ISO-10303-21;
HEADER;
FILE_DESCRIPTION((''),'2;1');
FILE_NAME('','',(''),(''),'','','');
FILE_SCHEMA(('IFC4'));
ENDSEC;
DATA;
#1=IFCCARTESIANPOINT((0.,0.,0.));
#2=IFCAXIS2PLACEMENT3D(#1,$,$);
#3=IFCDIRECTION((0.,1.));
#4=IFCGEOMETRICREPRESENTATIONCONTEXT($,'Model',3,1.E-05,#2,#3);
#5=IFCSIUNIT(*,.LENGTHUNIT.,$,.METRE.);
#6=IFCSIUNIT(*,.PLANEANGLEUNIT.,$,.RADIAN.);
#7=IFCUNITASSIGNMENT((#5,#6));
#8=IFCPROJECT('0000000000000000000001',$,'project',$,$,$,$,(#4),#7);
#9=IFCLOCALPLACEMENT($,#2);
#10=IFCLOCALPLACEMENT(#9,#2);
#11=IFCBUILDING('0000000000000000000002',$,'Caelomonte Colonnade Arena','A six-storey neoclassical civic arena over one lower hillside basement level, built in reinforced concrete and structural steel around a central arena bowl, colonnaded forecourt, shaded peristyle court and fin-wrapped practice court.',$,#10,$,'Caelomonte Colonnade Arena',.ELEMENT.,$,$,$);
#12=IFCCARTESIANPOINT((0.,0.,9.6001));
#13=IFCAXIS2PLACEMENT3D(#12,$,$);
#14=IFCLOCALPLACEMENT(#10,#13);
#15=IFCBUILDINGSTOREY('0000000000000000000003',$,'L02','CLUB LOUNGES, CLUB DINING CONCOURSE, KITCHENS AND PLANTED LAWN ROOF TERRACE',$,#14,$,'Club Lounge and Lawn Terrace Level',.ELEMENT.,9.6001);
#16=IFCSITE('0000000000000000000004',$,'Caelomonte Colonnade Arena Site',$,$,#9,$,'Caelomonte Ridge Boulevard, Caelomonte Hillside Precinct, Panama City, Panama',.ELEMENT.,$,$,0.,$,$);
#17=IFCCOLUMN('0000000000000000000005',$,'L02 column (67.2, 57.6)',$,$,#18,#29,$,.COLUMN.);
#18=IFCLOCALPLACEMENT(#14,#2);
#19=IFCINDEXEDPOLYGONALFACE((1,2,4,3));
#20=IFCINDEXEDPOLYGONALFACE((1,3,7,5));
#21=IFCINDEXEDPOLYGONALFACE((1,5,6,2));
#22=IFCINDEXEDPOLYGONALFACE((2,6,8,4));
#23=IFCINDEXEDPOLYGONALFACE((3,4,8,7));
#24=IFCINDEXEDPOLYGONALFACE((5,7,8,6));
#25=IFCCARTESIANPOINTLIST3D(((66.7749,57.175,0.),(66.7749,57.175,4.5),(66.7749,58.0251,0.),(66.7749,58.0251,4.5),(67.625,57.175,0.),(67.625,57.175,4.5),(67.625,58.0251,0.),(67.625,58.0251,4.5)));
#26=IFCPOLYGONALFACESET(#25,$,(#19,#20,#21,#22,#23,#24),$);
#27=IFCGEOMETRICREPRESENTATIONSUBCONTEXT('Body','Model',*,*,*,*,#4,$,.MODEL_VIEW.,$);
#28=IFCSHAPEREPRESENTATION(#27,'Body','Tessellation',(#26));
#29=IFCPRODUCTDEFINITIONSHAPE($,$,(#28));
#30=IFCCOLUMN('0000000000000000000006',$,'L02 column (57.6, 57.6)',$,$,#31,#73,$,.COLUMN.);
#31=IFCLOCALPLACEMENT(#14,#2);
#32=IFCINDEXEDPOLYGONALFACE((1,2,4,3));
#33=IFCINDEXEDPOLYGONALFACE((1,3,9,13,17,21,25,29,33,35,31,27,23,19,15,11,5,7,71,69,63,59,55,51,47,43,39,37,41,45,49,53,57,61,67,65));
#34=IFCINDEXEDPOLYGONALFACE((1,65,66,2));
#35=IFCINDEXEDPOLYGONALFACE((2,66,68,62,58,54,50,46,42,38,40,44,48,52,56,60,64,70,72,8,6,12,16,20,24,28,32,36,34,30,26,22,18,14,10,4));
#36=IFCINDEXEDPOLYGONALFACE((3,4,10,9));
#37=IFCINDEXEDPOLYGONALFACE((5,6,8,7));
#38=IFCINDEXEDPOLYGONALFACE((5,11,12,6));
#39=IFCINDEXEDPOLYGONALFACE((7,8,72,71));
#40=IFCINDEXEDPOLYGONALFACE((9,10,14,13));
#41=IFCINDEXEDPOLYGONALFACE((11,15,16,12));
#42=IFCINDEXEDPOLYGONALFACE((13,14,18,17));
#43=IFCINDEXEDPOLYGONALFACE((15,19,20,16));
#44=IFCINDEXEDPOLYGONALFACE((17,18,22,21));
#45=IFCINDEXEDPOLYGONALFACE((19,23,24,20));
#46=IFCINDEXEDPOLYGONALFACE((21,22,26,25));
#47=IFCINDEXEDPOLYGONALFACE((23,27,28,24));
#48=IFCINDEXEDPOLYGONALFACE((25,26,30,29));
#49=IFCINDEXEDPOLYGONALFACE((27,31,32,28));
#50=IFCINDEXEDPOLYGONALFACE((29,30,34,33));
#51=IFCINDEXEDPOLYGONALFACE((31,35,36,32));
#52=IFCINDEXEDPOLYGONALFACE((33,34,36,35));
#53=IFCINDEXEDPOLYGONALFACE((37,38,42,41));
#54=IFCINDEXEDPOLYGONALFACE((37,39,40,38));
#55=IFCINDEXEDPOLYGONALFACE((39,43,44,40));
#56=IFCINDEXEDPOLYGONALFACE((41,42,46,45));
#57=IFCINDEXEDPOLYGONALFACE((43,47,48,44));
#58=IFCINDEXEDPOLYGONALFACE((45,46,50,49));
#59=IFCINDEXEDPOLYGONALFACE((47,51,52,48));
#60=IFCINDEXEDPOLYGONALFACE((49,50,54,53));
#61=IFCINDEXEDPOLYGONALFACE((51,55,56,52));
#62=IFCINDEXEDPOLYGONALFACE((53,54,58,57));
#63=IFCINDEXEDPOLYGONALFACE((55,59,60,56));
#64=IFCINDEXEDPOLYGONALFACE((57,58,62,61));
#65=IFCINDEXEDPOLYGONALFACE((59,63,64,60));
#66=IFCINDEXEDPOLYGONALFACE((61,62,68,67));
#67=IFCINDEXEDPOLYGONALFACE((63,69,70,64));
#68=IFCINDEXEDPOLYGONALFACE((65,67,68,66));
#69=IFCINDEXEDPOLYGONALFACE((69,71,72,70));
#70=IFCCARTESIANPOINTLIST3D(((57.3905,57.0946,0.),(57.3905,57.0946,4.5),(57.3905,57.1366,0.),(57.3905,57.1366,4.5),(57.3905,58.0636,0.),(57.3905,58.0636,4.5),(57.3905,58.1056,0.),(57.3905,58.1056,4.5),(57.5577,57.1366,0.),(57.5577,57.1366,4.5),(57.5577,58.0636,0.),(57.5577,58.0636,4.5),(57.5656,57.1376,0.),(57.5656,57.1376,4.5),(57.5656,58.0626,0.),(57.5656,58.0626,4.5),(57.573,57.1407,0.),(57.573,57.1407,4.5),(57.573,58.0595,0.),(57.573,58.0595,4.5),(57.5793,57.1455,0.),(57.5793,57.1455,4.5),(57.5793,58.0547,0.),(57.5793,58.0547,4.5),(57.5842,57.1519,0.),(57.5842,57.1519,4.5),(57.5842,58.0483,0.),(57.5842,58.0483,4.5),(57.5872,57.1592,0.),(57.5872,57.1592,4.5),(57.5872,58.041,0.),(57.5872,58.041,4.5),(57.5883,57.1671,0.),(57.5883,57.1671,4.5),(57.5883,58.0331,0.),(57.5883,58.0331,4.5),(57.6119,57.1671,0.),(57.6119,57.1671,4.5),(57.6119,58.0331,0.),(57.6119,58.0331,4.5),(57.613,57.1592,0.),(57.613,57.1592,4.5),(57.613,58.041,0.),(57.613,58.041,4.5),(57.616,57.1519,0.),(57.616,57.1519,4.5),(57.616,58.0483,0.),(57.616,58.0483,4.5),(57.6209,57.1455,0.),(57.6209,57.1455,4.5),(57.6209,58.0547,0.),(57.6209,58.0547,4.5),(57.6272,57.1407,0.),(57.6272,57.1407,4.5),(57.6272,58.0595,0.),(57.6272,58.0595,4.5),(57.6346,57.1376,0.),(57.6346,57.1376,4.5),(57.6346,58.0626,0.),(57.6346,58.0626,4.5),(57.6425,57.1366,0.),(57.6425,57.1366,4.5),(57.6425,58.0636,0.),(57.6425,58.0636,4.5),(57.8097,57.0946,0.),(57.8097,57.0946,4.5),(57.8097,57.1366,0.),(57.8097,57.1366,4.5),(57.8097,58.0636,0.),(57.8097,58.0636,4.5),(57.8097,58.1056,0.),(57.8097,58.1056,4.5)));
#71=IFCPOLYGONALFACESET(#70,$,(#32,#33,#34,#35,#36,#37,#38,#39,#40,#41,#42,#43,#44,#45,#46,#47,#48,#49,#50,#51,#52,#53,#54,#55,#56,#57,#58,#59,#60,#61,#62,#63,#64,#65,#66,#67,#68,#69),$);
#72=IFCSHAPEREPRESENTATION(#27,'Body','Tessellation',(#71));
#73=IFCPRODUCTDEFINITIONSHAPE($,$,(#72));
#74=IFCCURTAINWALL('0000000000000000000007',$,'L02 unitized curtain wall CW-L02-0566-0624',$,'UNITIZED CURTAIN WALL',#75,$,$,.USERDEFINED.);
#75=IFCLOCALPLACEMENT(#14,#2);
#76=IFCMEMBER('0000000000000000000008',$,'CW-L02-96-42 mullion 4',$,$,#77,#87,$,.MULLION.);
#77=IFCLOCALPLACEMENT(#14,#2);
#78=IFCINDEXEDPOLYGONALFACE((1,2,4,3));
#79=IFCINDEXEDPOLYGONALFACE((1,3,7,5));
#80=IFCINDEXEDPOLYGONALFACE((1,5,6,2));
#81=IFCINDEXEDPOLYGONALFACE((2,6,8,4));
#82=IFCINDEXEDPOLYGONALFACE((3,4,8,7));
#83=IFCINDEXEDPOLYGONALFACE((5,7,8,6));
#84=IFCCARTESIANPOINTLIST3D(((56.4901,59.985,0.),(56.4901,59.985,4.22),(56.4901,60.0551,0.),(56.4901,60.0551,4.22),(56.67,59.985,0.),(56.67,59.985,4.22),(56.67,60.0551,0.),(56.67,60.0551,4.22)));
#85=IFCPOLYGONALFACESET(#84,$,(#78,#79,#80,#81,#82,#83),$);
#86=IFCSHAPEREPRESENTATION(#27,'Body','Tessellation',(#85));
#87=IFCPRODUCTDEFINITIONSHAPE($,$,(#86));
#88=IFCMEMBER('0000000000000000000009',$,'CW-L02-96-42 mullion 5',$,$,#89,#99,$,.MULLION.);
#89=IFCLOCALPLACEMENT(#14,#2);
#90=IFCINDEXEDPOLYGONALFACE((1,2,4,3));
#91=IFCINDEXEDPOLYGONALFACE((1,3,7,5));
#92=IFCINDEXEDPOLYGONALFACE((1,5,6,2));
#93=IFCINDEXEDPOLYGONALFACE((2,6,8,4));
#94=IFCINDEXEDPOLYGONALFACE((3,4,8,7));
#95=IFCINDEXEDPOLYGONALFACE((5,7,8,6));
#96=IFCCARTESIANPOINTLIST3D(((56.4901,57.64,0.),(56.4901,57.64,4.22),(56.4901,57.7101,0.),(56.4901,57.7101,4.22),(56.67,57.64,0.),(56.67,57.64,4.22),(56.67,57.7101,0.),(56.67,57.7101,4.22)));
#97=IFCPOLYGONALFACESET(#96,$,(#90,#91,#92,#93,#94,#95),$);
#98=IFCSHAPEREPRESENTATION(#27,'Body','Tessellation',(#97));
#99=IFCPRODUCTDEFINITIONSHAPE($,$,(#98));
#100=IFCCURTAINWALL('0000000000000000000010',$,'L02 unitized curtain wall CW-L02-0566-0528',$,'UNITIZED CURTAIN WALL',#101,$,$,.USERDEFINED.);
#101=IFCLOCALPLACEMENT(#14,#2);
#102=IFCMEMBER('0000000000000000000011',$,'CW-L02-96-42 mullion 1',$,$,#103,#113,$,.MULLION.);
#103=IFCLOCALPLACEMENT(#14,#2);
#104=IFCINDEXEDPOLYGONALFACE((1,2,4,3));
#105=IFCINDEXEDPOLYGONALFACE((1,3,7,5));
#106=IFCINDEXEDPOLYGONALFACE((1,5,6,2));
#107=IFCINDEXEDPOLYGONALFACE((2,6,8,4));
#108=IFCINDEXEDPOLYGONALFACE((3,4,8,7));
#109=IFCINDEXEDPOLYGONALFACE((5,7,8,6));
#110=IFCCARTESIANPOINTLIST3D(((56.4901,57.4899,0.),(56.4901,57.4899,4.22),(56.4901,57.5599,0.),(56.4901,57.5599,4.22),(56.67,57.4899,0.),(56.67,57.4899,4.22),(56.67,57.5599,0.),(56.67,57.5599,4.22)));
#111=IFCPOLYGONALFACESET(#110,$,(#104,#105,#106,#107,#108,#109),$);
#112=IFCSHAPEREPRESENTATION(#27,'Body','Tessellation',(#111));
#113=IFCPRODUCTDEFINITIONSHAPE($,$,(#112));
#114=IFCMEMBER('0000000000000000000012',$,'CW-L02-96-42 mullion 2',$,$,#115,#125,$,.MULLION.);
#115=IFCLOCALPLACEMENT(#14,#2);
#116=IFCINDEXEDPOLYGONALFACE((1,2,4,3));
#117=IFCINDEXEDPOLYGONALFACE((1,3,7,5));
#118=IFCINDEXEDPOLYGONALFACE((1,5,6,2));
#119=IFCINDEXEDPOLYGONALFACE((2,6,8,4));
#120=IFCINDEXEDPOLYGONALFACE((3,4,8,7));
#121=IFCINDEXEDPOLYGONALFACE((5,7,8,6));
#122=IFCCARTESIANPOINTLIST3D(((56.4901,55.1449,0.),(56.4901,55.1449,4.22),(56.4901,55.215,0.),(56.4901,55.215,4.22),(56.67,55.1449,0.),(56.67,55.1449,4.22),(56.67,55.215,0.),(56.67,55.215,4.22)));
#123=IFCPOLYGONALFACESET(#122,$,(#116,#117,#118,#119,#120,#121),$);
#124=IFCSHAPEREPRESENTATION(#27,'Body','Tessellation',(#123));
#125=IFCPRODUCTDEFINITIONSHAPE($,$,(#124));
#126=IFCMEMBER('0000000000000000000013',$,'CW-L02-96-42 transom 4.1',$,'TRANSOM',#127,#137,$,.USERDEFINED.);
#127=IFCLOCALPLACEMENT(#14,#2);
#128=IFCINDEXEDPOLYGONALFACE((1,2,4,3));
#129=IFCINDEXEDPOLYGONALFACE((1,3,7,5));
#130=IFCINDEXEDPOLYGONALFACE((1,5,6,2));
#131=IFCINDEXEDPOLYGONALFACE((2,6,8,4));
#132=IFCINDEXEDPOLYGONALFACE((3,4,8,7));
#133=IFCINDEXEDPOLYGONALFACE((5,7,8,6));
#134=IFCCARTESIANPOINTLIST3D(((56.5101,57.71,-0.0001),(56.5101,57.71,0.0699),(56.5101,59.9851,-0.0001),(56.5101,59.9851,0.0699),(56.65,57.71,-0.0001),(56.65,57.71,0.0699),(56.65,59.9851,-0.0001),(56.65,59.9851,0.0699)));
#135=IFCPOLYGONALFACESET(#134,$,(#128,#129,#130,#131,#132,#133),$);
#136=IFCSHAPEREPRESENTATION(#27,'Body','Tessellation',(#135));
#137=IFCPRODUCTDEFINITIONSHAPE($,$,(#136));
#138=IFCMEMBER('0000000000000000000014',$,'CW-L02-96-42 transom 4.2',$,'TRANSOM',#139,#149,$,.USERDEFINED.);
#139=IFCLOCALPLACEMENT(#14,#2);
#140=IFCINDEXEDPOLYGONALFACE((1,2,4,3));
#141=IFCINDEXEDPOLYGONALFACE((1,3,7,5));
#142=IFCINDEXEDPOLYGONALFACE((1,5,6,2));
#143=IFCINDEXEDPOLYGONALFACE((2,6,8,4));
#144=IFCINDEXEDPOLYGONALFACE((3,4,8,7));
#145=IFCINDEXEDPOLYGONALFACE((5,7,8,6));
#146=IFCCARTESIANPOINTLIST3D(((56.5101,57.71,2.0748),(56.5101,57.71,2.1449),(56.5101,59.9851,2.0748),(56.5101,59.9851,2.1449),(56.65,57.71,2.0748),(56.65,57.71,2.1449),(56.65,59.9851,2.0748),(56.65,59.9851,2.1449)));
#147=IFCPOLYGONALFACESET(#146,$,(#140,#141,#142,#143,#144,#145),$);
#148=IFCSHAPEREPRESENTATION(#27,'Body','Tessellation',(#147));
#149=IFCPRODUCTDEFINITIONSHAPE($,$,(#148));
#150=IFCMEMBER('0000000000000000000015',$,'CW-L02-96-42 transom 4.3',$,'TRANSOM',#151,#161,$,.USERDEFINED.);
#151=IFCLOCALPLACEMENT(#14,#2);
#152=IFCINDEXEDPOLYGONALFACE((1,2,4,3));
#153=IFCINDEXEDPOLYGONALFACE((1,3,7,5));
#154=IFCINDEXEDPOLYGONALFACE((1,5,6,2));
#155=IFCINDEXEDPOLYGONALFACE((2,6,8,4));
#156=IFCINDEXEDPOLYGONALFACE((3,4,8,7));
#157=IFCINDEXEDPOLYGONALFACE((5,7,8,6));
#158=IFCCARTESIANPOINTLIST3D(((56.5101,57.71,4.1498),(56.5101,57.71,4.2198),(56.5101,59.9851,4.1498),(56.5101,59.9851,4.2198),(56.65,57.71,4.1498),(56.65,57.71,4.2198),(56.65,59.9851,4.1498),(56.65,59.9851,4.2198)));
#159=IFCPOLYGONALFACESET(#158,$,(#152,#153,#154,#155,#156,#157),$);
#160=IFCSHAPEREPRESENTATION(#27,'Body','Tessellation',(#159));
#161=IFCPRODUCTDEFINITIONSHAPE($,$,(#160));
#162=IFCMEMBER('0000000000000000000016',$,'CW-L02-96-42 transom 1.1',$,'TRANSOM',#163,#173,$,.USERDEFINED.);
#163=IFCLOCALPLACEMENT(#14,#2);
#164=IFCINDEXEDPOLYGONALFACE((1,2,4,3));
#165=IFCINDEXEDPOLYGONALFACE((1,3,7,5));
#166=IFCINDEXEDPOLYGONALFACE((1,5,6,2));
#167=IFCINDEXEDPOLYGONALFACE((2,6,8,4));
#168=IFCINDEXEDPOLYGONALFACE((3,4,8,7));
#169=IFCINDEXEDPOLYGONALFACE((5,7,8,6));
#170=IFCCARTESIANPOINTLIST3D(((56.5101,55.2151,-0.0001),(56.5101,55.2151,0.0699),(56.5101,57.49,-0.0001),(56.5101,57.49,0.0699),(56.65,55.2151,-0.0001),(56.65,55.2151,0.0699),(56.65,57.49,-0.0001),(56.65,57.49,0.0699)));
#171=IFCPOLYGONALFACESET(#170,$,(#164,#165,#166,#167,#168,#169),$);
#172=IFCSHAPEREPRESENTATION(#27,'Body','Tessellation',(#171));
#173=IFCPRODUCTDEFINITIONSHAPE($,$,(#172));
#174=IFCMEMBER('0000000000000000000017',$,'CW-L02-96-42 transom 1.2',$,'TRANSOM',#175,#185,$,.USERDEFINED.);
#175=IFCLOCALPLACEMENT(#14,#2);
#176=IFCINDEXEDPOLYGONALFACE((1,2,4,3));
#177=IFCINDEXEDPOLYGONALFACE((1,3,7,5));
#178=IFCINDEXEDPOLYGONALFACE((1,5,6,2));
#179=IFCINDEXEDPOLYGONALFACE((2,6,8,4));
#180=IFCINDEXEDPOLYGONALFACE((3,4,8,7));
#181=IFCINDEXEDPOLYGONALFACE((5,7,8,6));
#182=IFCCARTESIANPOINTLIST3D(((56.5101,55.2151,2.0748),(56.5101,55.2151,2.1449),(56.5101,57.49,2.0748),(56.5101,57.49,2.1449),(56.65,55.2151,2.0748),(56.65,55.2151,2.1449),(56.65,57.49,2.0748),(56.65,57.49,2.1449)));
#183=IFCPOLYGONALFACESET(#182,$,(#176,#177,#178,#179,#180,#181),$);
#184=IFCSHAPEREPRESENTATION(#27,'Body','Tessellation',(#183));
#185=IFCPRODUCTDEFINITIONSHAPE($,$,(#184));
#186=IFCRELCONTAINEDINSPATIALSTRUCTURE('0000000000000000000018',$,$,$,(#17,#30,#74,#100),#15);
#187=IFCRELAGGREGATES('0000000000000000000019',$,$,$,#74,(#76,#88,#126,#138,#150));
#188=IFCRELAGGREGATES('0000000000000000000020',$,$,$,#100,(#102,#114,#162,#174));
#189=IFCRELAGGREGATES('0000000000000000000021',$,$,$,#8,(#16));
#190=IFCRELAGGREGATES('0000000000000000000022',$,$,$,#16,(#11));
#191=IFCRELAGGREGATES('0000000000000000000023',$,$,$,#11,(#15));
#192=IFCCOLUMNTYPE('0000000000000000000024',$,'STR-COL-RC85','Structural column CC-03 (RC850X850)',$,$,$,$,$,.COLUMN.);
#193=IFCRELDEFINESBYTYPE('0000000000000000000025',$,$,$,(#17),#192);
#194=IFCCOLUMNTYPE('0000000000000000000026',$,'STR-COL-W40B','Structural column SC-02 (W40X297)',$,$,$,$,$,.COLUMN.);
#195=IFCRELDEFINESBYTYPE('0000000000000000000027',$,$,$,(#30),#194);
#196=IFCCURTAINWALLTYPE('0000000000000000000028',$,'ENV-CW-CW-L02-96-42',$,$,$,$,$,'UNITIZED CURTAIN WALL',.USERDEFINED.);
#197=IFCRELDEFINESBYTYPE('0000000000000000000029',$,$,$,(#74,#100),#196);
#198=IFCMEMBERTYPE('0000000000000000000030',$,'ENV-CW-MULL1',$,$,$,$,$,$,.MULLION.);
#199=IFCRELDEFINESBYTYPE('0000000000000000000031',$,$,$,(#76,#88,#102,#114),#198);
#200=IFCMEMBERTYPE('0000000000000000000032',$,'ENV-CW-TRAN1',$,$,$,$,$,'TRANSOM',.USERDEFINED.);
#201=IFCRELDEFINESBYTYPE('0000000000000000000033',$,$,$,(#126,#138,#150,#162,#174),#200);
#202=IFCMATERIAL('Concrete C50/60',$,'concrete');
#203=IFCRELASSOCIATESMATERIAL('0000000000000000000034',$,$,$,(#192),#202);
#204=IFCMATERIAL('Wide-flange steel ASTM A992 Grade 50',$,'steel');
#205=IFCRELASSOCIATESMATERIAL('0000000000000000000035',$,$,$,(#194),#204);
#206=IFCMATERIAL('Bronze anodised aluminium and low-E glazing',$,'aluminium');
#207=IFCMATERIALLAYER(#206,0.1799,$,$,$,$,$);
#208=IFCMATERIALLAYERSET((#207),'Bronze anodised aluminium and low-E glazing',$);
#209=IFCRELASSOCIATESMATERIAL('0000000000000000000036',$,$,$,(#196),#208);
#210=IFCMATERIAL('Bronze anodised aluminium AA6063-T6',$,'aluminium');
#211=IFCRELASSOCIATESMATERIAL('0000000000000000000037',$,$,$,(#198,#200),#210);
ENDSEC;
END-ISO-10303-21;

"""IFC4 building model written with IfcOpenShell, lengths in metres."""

from ifc_helpers import new_model, si_unit, direction, frame, origin, origin_2d, place, context, subcontext, project, spatial, rectangle, i_section, extrude, material, layer, layer_set, material_profile, profile_set, type_object, element, aggregate, save


model = new_model("IFC4")

# Units and contexts
model_context = context("Model", 3, precision=1e-05, world=origin(), true_north=direction((0.0, 1.0)))
body_context = subcontext(model_context, "Body", "Model", "MODEL_VIEW")
ifc_project = project(units=[si_unit("LENGTHUNIT", "METRE"), si_unit("PLANEANGLEUNIT", "RADIAN")], contexts=[model_context])

# Site, building, storey
site_placement = place(None, origin())
site = spatial("IfcSite", under=ifc_project, at=site_placement, Name="Caelomonte Colonnade Arena Site", LongName="Caelomonte Ridge Boulevard, Caelomonte Hillside Precinct, Panama City, Panama", CompositionType="ELEMENT", RefElevation=0.0)
building_placement = place(site_placement, origin())
building = spatial("IfcBuilding", under=site, at=building_placement, Name="Caelomonte Colonnade Arena", Description="A six-storey neoclassical civic arena over one lower hillside basement level, built in reinforced concrete and structural steel around a central arena bowl, colonnaded forecourt, shaded peristyle court and fin-wrapped practice court.", LongName="Caelomonte Colonnade Arena", CompositionType="ELEMENT")
storey_placement = place(building_placement, frame((0.0, 0.0, 9.6001)))
storey = spatial("IfcBuildingStorey", under=building, at=storey_placement, Name="L02", Description="CLUB LOUNGES, CLUB DINING CONCOURSE, KITCHENS AND PLANTED LAWN ROOF TERRACE", LongName="Club Lounge and Lawn Terrace Level", CompositionType="ELEMENT", Elevation=9.6001)

# Columns
ifc_material_1 = material(Name="Concrete C50/60", Category="concrete")
ifc_material_profile_1 = material_profile(ifc_material_1, rectangle(XDim=0.8501, YDim=0.8501, at=origin_2d()), Name="RC850X850")
ifc_profile_set_1 = profile_set([ifc_material_profile_1], Name="Concrete C50/60")
column_type_1 = type_object("IfcColumnType", Name="STR-COL-RC85", Description="Structural column CC-03 (RC850X850)", PredefinedType="COLUMN", material=ifc_profile_set_1)
column_1_placement = place(storey_placement, frame((67.2, 57.6001, 0.0), z_axis=(0.0, 0.0, 1.0), x_axis=(1.0, 0.0, 0.0)))
element("IfcColumn", 1, at=column_1_placement, inside=storey, type_object=column_type_1, Name="L02 column (67.2, 57.6)", PredefinedType="COLUMN", context=body_context, shape_type="SweptSolid", body=[
    extrude(rectangle(XDim=0.8501, YDim=0.8501, at=origin_2d()), origin(), (0.0, 0.0, 1.0), 4.5),
])
ifc_material_2 = material(Name="Wide-flange steel ASTM A992 Grade 50", Category="steel")
ifc_material_profile_2 = material_profile(ifc_material_2, i_section(OverallWidth=0.4192, OverallDepth=1.011, WebThickness=0.0237, FlangeThickness=0.042, FilletRadius=0.0305, at=origin_2d()), Name="W40X297")
ifc_profile_set_2 = profile_set([ifc_material_profile_2], Name="Wide-flange steel ASTM A992 Grade 50")
column_type_2 = type_object("IfcColumnType", Name="STR-COL-W40B", Description="Structural column SC-02 (W40X297)", PredefinedType="COLUMN", material=ifc_profile_set_2)
column_2_placement = place(storey_placement, frame((57.6001, 57.6001, 0.0), z_axis=(0.0, 0.0, 1.0), x_axis=(1.0, 0.0, 0.0)))
element("IfcColumn", 2, at=column_2_placement, inside=storey, type_object=column_type_2, Name="L02 column (57.6, 57.6)", PredefinedType="COLUMN", context=body_context, shape_type="SweptSolid", body=[
    extrude(i_section(OverallWidth=0.4192, OverallDepth=1.011, WebThickness=0.0237, FlangeThickness=0.042, FilletRadius=0.0305, at=origin_2d()), origin(), (0.0, 0.0, 1.0), 4.5),
])

# Curtain walls, members
ifc_material_3 = material(Name="Bronze anodised aluminium and low-E glazing", Category="aluminium")
ifc_layer_1 = layer(ifc_material_3, 0.1799)
ifc_layer_set_1 = layer_set([ifc_layer_1], Name="Bronze anodised aluminium and low-E glazing")
curtain_wall_type = type_object("IfcCurtainWallType", Name="ENV-CW-CW-L02-96-42", ElementType="UNITIZED CURTAIN WALL", PredefinedType="USERDEFINED", material=ifc_layer_set_1)
curtain_wall_1_placement = place(storey_placement, origin())
curtain_wall_1 = element("IfcCurtainWall", 3, at=curtain_wall_1_placement, inside=storey, type_object=curtain_wall_type, Name="L02 unitized curtain wall CW-L02-0566-0624", ObjectType="UNITIZED CURTAIN WALL", PredefinedType="USERDEFINED")
ifc_material_4 = material(Name="Bronze anodised aluminium AA6063-T6", Category="aluminium")
ifc_material_profile_3 = material_profile(ifc_material_4, rectangle(XDim=0.0701, YDim=0.1799, at=origin_2d()), Name="CWM-70X180")
ifc_profile_set_3 = profile_set([ifc_material_profile_3], Name="Bronze anodised aluminium AA6063-T6")
member_type_1 = type_object("IfcMemberType", Name="ENV-CW-MULL1", PredefinedType="MULLION", material=ifc_profile_set_3)
member_1_placement = place(storey_placement, frame((56.5801, 60.02, 0.0), z_axis=(0.0, 0.0, 1.0), x_axis=(0.0, -1.0, 0.0)))
member_1 = element("IfcMember", 4, at=member_1_placement, type_object=member_type_1, Name="CW-L02-96-42 mullion 4", PredefinedType="MULLION", context=body_context, shape_type="SweptSolid", body=[
    extrude(rectangle(XDim=0.0701, YDim=0.1799, at=origin_2d()), origin(), (0.0, 0.0, 1.0), 4.22),
])
member_2_placement = place(storey_placement, frame((56.5801, 57.675, 0.0), z_axis=(0.0, 0.0, 1.0), x_axis=(0.0, -1.0, 0.0)))
member_2 = element("IfcMember", 5, at=member_2_placement, type_object=member_type_1, Name="CW-L02-96-42 mullion 5", PredefinedType="MULLION", context=body_context, shape_type="SweptSolid", body=[
    extrude(rectangle(XDim=0.0701, YDim=0.1799, at=origin_2d()), origin(), (0.0, 0.0, 1.0), 4.22),
])
curtain_wall_2_placement = place(storey_placement, origin())
curtain_wall_2 = element("IfcCurtainWall", 6, at=curtain_wall_2_placement, inside=storey, type_object=curtain_wall_type, Name="L02 unitized curtain wall CW-L02-0566-0528", ObjectType="UNITIZED CURTAIN WALL", PredefinedType="USERDEFINED")
member_3_placement = place(storey_placement, frame((56.5801, 57.5249, 0.0), z_axis=(0.0, 0.0, 1.0), x_axis=(0.0, -1.0, 0.0)))
member_3 = element("IfcMember", 7, at=member_3_placement, type_object=member_type_1, Name="CW-L02-96-42 mullion 1", PredefinedType="MULLION", context=body_context, shape_type="SweptSolid", body=[
    extrude(rectangle(XDim=0.0701, YDim=0.1799, at=origin_2d()), origin(), (0.0, 0.0, 1.0), 4.22),
])
member_4_placement = place(storey_placement, frame((56.5801, 55.1799, 0.0), z_axis=(0.0, 0.0, 1.0), x_axis=(0.0, -1.0, 0.0)))
member_4 = element("IfcMember", 8, at=member_4_placement, type_object=member_type_1, Name="CW-L02-96-42 mullion 2", PredefinedType="MULLION", context=body_context, shape_type="SweptSolid", body=[
    extrude(rectangle(XDim=0.0701, YDim=0.1799, at=origin_2d()), origin(), (0.0, 0.0, 1.0), 4.22),
])

# Members
ifc_material_profile_4 = material_profile(ifc_material_4, rectangle(XDim=0.0701, YDim=0.1399, at=origin_2d()), Name="CWT-70X140")
ifc_profile_set_4 = profile_set([ifc_material_profile_4], Name="Bronze anodised aluminium AA6063-T6")
member_type_2 = type_object("IfcMemberType", Name="ENV-CW-TRAN1", ElementType="TRANSOM", PredefinedType="USERDEFINED", material=ifc_profile_set_4)
member_5_placement = place(storey_placement, frame((56.5801, 59.9851, 0.0349), z_axis=(0.0, -1.0, 0.0), x_axis=(0.0, 0.0, 1.0)))
member_5 = element("IfcMember", 9, at=member_5_placement, type_object=member_type_2, Name="CW-L02-96-42 transom 4.1", ObjectType="TRANSOM", PredefinedType="USERDEFINED", context=body_context, shape_type="SweptSolid", body=[
    extrude(rectangle(XDim=0.0701, YDim=0.1399, at=origin_2d()), origin(), (0.0, 0.0, 1.0), 2.2751),
])
member_6_placement = place(storey_placement, frame((56.5801, 59.9851, 2.1099), z_axis=(0.0, -1.0, 0.0), x_axis=(0.0, 0.0, 1.0)))
member_6 = element("IfcMember", 10, at=member_6_placement, type_object=member_type_2, Name="CW-L02-96-42 transom 4.2", ObjectType="TRANSOM", PredefinedType="USERDEFINED", context=body_context, shape_type="SweptSolid", body=[
    extrude(rectangle(XDim=0.0701, YDim=0.1399, at=origin_2d()), origin(), (0.0, 0.0, 1.0), 2.2751),
])
member_7_placement = place(storey_placement, frame((56.5801, 59.9851, 4.1848), z_axis=(0.0, -1.0, 0.0), x_axis=(0.0, 0.0, 1.0)))
member_7 = element("IfcMember", 11, at=member_7_placement, type_object=member_type_2, Name="CW-L02-96-42 transom 4.3", ObjectType="TRANSOM", PredefinedType="USERDEFINED", context=body_context, shape_type="SweptSolid", body=[
    extrude(rectangle(XDim=0.0701, YDim=0.1399, at=origin_2d()), origin(), (0.0, 0.0, 1.0), 2.2751),
])
member_8_placement = place(storey_placement, frame((56.5801, 57.49, 0.0349), z_axis=(0.0, -1.0, 0.0), x_axis=(0.0, 0.0, 1.0)))
member_8 = element("IfcMember", 12, at=member_8_placement, type_object=member_type_2, Name="CW-L02-96-42 transom 1.1", ObjectType="TRANSOM", PredefinedType="USERDEFINED", context=body_context, shape_type="SweptSolid", body=[
    extrude(rectangle(XDim=0.0701, YDim=0.1399, at=origin_2d()), origin(), (0.0, 0.0, 1.0), 2.2749),
])
member_9_placement = place(storey_placement, frame((56.5801, 57.49, 2.1099), z_axis=(0.0, -1.0, 0.0), x_axis=(0.0, 0.0, 1.0)))
member_9 = element("IfcMember", 13, at=member_9_placement, type_object=member_type_2, Name="CW-L02-96-42 transom 1.2", ObjectType="TRANSOM", PredefinedType="USERDEFINED", context=body_context, shape_type="SweptSolid", body=[
    extrude(rectangle(XDim=0.0701, YDim=0.1399, at=origin_2d()), origin(), (0.0, 0.0, 1.0), 2.2749),
])

aggregate(curtain_wall_1, [member_1, member_2, member_5, member_6, member_7])
aggregate(curtain_wall_2, [member_3, member_4, member_8, member_9])

save(model, "model.ifc")
